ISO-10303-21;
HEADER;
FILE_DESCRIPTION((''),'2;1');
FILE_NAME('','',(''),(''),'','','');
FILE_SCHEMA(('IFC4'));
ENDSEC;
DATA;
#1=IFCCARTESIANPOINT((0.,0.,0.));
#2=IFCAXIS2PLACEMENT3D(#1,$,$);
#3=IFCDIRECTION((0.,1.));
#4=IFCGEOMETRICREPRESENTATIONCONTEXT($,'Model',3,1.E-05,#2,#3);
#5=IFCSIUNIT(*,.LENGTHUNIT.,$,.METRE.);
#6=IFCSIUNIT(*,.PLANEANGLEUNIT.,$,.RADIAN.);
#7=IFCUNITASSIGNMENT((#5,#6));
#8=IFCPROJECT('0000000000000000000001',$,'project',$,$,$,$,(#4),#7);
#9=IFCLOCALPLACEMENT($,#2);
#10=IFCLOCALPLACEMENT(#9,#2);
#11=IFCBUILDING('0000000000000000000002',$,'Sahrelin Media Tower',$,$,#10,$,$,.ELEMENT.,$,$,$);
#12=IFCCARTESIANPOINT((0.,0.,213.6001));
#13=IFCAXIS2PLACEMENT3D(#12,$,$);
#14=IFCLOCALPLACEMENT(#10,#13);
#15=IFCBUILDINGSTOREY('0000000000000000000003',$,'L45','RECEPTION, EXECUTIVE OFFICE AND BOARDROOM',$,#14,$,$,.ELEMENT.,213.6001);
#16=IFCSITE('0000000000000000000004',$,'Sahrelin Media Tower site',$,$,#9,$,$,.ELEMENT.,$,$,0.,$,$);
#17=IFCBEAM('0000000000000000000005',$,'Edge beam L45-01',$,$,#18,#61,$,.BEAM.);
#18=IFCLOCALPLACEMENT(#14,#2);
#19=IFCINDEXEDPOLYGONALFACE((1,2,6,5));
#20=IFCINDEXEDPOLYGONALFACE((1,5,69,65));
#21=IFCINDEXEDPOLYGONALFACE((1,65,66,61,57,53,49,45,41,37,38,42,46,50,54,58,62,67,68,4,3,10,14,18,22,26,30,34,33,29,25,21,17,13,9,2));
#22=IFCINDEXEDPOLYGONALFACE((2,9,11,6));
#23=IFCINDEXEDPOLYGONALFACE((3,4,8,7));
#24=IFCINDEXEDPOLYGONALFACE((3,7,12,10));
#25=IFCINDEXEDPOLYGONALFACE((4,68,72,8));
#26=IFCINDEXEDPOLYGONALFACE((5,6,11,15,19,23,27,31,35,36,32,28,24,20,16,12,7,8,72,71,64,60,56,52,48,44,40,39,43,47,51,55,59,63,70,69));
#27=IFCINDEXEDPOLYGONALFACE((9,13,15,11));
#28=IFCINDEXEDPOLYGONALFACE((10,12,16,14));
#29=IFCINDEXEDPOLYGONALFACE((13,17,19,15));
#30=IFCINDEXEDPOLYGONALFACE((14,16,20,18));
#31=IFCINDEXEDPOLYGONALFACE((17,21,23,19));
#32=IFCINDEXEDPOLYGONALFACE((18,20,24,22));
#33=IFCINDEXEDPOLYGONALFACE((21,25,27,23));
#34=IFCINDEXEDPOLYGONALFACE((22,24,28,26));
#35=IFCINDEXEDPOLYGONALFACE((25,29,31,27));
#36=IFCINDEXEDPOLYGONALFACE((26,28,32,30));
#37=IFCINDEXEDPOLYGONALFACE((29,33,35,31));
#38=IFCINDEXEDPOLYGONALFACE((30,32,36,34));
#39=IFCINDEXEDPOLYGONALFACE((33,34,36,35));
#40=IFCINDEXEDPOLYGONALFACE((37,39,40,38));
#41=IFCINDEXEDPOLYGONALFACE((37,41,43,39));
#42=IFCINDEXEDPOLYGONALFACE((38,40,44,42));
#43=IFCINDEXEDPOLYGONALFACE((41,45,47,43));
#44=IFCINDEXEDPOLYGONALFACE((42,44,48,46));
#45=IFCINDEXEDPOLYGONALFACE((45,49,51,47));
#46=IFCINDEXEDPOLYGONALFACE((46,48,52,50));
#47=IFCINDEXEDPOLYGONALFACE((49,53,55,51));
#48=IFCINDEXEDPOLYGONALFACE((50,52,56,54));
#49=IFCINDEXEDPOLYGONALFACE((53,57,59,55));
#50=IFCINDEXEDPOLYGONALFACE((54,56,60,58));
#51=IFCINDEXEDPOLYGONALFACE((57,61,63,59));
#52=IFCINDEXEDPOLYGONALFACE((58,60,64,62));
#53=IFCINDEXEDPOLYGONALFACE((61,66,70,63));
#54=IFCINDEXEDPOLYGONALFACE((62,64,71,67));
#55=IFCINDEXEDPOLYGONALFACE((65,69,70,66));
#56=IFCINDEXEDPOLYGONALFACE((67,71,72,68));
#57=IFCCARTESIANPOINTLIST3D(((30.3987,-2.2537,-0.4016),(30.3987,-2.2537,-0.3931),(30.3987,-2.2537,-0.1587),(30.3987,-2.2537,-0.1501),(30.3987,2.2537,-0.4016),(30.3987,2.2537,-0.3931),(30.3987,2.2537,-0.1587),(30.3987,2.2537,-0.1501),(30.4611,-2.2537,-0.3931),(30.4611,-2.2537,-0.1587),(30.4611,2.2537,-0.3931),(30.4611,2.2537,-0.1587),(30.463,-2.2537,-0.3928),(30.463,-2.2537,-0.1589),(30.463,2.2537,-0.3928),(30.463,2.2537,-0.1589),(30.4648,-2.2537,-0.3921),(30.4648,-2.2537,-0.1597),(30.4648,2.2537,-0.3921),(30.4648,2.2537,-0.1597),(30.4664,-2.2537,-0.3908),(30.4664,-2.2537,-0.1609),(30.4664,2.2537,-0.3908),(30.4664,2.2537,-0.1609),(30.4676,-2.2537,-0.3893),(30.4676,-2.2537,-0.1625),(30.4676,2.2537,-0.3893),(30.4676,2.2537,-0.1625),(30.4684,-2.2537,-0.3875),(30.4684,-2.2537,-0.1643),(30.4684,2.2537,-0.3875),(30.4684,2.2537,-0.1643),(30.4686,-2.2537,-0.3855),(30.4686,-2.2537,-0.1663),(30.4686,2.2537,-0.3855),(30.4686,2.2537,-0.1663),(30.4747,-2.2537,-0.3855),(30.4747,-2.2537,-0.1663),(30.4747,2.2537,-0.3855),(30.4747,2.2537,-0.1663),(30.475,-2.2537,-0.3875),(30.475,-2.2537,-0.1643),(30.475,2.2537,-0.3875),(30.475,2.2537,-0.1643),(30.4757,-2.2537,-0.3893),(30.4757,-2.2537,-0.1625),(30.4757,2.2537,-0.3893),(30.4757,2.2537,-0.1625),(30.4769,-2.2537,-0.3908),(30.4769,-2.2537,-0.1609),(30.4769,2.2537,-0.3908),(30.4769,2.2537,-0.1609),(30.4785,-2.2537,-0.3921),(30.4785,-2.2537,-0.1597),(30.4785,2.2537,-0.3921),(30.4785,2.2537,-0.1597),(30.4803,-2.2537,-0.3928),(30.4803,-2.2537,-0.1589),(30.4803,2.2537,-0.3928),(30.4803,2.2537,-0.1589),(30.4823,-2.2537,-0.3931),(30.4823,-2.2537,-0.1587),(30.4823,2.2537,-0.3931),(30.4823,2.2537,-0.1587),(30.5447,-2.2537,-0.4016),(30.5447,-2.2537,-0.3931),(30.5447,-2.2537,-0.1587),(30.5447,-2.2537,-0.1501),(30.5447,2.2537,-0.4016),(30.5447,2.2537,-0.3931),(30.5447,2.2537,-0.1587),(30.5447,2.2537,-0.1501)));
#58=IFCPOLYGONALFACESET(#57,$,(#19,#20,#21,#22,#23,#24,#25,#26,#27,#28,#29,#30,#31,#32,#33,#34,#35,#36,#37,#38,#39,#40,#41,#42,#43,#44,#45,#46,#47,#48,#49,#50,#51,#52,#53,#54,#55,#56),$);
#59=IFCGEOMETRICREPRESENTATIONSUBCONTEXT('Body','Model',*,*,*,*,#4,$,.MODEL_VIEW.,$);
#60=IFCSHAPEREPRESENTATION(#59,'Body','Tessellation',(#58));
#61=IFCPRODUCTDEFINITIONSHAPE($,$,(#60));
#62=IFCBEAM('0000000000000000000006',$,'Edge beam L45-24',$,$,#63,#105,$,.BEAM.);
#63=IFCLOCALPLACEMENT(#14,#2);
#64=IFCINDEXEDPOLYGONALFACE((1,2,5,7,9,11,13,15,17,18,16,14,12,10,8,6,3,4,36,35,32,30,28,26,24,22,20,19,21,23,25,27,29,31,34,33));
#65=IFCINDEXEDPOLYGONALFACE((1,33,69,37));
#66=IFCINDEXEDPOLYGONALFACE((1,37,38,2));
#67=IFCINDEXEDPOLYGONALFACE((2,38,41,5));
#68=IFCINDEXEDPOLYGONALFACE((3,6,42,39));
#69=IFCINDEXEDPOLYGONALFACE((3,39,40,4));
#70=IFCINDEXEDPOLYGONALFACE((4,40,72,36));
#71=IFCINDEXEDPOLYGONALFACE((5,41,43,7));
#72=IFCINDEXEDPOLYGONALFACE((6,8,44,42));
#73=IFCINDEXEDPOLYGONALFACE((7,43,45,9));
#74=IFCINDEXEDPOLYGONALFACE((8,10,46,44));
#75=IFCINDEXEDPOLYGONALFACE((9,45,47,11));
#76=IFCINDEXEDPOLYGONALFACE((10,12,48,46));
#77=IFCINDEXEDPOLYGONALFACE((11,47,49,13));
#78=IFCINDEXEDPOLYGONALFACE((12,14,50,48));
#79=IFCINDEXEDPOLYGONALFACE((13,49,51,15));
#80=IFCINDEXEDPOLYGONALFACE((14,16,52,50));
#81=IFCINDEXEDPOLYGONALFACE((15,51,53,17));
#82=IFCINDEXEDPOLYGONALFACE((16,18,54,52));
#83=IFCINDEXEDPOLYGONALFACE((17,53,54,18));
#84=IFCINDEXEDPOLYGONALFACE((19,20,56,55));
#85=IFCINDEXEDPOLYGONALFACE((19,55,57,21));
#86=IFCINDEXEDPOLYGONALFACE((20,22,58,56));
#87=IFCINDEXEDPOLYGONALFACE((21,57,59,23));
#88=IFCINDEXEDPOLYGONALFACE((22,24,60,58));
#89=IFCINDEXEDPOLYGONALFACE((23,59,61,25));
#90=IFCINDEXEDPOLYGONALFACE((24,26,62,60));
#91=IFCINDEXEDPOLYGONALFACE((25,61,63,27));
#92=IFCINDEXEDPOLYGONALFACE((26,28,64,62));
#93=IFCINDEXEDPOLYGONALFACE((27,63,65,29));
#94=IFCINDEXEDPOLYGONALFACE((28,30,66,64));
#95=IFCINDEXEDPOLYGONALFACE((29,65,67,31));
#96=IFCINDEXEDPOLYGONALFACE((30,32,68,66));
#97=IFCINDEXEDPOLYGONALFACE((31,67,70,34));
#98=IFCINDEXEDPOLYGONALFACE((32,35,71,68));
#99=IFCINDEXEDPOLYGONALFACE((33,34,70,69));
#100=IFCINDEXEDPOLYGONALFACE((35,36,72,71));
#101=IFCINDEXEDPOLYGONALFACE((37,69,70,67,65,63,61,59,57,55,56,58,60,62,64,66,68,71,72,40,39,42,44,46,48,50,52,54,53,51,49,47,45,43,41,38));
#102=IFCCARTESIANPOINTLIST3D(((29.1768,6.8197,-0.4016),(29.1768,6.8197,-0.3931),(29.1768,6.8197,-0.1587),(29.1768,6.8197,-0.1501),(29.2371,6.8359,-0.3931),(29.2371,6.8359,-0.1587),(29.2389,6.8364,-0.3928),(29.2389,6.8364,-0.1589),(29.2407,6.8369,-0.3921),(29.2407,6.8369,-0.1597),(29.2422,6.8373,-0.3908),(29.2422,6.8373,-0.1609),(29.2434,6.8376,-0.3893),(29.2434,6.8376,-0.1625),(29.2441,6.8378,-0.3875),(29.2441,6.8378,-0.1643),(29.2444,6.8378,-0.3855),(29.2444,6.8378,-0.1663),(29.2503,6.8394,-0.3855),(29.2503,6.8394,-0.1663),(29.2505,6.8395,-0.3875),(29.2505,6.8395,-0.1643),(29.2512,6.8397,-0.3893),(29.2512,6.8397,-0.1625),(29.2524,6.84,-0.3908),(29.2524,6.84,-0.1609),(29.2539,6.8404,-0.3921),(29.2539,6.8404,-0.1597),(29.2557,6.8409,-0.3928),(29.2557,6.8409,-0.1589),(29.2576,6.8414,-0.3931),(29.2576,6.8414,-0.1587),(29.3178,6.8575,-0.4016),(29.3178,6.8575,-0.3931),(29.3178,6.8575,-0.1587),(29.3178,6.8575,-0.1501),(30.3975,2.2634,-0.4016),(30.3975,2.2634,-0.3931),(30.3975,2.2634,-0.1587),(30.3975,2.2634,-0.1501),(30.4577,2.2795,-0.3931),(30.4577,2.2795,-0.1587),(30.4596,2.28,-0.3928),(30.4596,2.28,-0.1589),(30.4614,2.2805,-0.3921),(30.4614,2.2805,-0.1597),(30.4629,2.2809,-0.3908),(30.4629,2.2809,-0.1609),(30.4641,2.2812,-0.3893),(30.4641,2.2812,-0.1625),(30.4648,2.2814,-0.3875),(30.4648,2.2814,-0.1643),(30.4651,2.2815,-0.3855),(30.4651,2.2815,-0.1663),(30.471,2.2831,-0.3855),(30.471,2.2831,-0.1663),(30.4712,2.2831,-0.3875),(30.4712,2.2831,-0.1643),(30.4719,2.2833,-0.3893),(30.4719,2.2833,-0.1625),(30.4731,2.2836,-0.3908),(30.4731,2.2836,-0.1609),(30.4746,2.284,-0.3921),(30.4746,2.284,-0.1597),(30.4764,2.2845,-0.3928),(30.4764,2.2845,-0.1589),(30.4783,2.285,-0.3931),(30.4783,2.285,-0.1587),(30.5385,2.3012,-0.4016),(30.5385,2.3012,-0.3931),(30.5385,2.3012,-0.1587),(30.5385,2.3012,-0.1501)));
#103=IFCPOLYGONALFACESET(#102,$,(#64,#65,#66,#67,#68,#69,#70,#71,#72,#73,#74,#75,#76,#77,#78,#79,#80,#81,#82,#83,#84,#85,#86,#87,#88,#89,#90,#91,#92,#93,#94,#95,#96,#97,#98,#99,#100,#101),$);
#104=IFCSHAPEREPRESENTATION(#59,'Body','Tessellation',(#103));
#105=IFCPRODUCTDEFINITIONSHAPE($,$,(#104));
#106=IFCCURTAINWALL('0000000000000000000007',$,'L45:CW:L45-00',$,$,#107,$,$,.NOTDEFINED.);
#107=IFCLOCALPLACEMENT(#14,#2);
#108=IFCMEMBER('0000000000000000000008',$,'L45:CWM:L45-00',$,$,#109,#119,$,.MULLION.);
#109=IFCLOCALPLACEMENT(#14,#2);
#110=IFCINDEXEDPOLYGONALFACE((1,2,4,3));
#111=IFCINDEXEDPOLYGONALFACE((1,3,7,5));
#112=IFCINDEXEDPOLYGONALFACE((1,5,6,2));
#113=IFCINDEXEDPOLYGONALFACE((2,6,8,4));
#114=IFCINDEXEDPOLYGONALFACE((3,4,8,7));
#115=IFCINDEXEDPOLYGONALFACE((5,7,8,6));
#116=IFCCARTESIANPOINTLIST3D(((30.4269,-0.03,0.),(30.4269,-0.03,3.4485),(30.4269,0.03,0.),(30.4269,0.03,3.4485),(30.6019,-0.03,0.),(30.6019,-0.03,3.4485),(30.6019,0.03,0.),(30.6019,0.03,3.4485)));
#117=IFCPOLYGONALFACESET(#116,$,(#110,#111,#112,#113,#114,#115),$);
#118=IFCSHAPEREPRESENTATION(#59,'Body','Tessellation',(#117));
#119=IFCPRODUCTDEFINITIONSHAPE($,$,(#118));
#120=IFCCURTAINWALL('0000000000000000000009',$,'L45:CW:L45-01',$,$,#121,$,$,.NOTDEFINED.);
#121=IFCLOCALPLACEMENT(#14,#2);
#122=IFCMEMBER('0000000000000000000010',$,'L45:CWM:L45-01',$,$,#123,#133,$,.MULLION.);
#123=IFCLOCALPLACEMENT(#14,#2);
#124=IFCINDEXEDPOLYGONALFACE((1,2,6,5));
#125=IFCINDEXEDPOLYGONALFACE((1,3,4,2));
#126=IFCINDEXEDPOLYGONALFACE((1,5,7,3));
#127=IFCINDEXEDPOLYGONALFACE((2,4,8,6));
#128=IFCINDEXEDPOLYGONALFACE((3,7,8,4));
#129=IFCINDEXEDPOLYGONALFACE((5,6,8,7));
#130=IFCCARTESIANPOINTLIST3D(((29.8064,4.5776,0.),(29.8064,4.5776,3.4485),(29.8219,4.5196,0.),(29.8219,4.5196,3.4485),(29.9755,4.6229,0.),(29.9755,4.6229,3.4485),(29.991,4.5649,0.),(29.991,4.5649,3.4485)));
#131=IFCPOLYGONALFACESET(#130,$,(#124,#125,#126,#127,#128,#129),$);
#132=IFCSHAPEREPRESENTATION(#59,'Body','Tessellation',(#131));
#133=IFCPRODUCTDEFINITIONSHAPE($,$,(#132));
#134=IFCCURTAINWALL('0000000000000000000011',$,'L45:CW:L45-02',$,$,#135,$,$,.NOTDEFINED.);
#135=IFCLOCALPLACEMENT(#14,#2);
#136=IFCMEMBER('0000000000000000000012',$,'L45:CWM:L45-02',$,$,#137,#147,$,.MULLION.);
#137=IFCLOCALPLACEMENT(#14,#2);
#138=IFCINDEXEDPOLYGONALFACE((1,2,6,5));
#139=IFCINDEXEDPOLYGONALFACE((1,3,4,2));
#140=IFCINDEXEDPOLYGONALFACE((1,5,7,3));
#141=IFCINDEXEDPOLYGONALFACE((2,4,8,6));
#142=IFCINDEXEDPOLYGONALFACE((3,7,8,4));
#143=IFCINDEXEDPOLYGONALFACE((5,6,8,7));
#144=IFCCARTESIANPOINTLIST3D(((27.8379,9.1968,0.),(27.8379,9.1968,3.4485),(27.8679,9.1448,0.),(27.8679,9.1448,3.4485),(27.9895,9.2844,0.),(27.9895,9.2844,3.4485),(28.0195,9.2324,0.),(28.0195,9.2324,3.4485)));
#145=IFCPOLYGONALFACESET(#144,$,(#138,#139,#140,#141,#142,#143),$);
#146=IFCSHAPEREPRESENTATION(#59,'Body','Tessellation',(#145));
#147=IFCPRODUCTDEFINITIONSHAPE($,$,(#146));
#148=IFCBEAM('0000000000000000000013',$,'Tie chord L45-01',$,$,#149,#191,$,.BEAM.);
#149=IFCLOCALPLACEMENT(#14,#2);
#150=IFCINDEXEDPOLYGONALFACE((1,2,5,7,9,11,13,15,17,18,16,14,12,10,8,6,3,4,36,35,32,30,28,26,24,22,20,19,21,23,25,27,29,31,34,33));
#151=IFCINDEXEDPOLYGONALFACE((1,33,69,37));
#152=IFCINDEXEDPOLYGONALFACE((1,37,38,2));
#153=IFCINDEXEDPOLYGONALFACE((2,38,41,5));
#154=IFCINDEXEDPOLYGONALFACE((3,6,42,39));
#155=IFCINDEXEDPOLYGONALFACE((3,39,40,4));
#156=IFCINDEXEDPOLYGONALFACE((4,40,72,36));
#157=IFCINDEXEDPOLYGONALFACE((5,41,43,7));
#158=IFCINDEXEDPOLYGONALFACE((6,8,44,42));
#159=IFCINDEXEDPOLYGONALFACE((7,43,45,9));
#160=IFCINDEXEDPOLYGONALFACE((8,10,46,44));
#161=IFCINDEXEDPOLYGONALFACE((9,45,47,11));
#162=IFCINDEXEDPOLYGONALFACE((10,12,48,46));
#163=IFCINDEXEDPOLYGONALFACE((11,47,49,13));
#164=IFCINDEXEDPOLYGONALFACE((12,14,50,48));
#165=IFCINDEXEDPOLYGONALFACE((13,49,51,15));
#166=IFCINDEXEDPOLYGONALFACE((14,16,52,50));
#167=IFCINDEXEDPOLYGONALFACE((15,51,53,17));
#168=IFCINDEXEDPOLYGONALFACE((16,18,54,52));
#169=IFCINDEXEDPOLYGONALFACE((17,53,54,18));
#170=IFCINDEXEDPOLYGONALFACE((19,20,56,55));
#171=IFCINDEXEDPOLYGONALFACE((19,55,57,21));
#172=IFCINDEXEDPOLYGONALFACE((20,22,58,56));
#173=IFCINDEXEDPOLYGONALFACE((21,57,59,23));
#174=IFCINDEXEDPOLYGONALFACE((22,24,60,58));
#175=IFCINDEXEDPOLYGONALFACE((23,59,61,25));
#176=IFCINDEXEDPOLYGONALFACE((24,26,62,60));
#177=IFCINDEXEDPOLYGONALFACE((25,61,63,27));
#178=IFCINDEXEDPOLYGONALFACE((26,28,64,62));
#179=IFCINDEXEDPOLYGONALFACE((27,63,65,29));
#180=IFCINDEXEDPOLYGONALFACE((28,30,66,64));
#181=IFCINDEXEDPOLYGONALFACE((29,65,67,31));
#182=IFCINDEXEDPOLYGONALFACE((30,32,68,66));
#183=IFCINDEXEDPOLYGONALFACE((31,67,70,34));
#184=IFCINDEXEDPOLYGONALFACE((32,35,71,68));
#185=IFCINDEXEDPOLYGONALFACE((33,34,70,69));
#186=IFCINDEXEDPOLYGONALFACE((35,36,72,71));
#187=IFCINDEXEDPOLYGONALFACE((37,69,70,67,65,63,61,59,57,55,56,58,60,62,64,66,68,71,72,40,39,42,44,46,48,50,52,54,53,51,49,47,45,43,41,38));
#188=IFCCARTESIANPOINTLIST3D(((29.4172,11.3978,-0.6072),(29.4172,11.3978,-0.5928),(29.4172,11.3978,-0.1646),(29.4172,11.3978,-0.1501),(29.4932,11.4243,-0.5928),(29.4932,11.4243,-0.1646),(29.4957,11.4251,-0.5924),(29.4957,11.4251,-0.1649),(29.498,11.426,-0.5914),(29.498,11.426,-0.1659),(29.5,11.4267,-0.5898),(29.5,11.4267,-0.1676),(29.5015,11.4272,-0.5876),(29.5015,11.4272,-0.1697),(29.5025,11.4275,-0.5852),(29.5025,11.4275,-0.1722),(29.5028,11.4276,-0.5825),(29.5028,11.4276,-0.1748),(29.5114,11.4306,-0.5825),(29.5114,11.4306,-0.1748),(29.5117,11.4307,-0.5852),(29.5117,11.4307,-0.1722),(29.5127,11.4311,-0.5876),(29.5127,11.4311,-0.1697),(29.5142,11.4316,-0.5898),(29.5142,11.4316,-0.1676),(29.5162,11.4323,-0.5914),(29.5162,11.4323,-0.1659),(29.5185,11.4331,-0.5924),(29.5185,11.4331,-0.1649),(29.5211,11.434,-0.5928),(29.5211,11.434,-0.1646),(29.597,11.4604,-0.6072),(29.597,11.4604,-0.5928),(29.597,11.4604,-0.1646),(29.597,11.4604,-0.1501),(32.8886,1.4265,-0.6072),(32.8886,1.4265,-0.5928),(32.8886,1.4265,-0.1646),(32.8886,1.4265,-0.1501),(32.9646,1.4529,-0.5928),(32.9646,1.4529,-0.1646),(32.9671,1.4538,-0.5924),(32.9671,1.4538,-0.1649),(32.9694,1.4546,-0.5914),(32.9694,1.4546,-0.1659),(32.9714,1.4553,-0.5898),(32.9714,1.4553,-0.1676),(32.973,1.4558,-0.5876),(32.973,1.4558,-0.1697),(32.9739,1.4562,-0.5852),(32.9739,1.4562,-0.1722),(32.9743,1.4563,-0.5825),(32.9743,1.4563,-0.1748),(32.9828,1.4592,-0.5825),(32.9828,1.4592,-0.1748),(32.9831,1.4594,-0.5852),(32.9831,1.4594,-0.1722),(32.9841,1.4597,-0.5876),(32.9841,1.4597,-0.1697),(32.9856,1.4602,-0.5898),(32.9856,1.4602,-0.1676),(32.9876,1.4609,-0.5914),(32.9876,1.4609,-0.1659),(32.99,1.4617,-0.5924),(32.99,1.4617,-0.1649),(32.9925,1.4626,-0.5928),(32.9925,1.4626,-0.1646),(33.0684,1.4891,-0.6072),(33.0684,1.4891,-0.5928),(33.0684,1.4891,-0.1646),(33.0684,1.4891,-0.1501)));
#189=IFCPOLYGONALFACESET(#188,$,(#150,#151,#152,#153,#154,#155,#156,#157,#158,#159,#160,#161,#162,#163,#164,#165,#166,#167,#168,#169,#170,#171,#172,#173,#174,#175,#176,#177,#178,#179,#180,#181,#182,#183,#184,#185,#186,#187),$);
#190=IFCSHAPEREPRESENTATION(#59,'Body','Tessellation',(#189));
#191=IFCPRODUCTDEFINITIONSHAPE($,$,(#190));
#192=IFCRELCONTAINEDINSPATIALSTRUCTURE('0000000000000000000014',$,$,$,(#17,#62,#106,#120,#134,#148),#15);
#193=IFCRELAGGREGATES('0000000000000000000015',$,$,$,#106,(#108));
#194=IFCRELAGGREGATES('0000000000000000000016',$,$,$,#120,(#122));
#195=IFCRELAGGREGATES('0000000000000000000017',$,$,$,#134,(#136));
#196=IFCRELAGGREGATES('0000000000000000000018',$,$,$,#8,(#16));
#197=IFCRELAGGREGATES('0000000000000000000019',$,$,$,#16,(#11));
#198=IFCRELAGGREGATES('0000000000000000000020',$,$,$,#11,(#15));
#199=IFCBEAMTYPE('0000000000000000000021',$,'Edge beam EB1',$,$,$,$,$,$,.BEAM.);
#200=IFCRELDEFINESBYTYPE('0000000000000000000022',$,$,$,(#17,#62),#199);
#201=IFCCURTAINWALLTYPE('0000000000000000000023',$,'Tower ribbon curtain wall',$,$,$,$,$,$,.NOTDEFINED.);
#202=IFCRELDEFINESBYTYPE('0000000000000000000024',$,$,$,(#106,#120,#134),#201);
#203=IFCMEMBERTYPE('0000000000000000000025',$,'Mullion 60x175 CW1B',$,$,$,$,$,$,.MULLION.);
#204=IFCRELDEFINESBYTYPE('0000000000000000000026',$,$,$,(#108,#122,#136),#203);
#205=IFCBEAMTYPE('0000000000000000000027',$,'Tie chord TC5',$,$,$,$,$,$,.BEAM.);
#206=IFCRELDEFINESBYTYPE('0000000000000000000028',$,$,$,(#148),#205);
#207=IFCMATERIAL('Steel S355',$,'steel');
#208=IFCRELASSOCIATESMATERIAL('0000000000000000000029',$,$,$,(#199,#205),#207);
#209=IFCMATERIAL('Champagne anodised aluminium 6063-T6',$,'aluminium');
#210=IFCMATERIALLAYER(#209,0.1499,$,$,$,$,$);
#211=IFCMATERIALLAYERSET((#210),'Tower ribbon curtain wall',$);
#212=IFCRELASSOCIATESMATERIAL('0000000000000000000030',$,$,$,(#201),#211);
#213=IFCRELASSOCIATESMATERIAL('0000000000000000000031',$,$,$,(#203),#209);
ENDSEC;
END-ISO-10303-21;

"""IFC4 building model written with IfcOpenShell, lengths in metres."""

from ifc_helpers import new_model, si_unit, direction, frame, origin, origin_2d, place, context, subcontext, project, spatial, rectangle, i_section, extrude, material, layer, layer_set, material_profile, profile_set, type_object, element, aggregate, save


model = new_model("IFC4")

# Units and contexts
model_context = context("Model", 3, precision=1e-05, world=origin(), true_north=direction((0.0, 1.0)))
body_context = subcontext(model_context, "Body", "Model", "MODEL_VIEW")
ifc_project = project(units=[si_unit("LENGTHUNIT", "METRE"), si_unit("PLANEANGLEUNIT", "RADIAN")], contexts=[model_context])

# Site, building, storey
site_placement = place(None, origin())
site = spatial("IfcSite", under=ifc_project, at=site_placement, Name="Sahrelin Media Tower site", CompositionType="ELEMENT", RefElevation=0.0)
building_placement = place(site_placement, origin())
building = spatial("IfcBuilding", under=site, at=building_placement, Name="Sahrelin Media Tower", CompositionType="ELEMENT")
storey_placement = place(building_placement, frame((0.0, 0.0, 213.6001)))
storey = spatial("IfcBuildingStorey", under=building, at=storey_placement, Name="L45", Description="RECEPTION, EXECUTIVE OFFICE AND BOARDROOM", CompositionType="ELEMENT", Elevation=213.6001)

# Beams
ifc_material_1 = material(Name="Steel S355", Category="steel")
ifc_material_profile_1 = material_profile(ifc_material_1, i_section(OverallWidth=0.146, OverallDepth=0.2515, WebThickness=0.0061, FlangeThickness=0.0085, FilletRadius=0.0076, at=origin_2d()), Name="UB 254x146x31")
ifc_profile_set_1 = profile_set([ifc_material_profile_1], Name="Steel S355")
beam_type_1 = type_object("IfcBeamType", Name="Edge beam EB1", PredefinedType="BEAM", material=ifc_profile_set_1)
beam_1_placement = place(storey_placement, frame((30.4717, 2.2537, -0.2759), z_axis=(0.0, -1.0, 0.0), x_axis=(1.0, 0.0, 0.0)))
element("IfcBeam", 1, at=beam_1_placement, inside=storey, type_object=beam_type_1, Name="Edge beam L45-01", PredefinedType="BEAM", context=body_context, shape_type="SweptSolid", body=[
    extrude(i_section(OverallWidth=0.146, OverallDepth=0.2515, WebThickness=0.0061, FlangeThickness=0.0085, FilletRadius=0.0076, at=origin_2d()), origin(), (0.0, 0.0, 1.0), 4.5073),
])
beam_2_placement = place(storey_placement, frame((29.2473, 6.8386, -0.2759), z_axis=(0.258784, -0.965935, 0.0), x_axis=(0.965935, 0.258784, 0.0)))
element("IfcBeam", 2, at=beam_2_placement, inside=storey, type_object=beam_type_1, Name="Edge beam L45-24", PredefinedType="BEAM", context=body_context, shape_type="SweptSolid", body=[
    extrude(i_section(OverallWidth=0.146, OverallDepth=0.2515, WebThickness=0.0061, FlangeThickness=0.0085, FilletRadius=0.0076, at=origin_2d()), origin(), (0.0, 0.0, 1.0), 4.717),
])

# Curtain walls, members
ifc_material_2 = material(Name="Champagne anodised aluminium 6063-T6", Category="aluminium")
ifc_layer_1 = layer(ifc_material_2, 0.1499)
ifc_layer_set_1 = layer_set([ifc_layer_1], Name="Tower ribbon curtain wall")
curtain_wall_type = type_object("IfcCurtainWallType", Name="Tower ribbon curtain wall", PredefinedType="NOTDEFINED", material=ifc_layer_set_1)
curtain_wall_1_placement = place(storey_placement, frame((30.6218, 0.0, 0.0), z_axis=(0.0, 0.0, 1.0), x_axis=(1.0, 0.0, 0.0)))
curtain_wall_1 = element("IfcCurtainWall", 3, at=curtain_wall_1_placement, inside=storey, type_object=curtain_wall_type, Name="L45:CW:L45-00", PredefinedType="NOTDEFINED")
ifc_material_profile_2 = material_profile(ifc_material_2, rectangle(XDim=0.0601, YDim=0.175, at=origin_2d()), Name="Mullion 60x175")
ifc_profile_set_2 = profile_set([ifc_material_profile_2], Name="Champagne anodised aluminium 6063-T6")
member_type_1 = type_object("IfcMemberType", Name="Mullion 60x175 CW1B", PredefinedType="MULLION", material=ifc_profile_set_2)
member_1_placement = place(storey_placement, frame((30.5144, 0.0, 0.0), z_axis=(0.0, 0.0, 1.0), x_axis=(0.0, 1.0, 0.0)))
member_1 = element("IfcMember", 4, at=member_1_placement, type_object=member_type_1, Name="L45:CWM:L45-00", PredefinedType="MULLION", context=body_context, shape_type="SweptSolid", body=[
    extrude(rectangle(XDim=0.0601, YDim=0.175, at=origin_2d()), origin(), (0.0, 0.0, 1.0), 3.4485),
])
aggregate(curtain_wall_1, [member_1])
curtain_wall_2_placement = place(storey_placement, frame((30.0024, 4.5994, 0.0), z_axis=(0.0, 0.0, 1.0), x_axis=(1.0, 0.0, 0.0)))
curtain_wall_2 = element("IfcCurtainWall", 5, at=curtain_wall_2_placement, inside=storey, type_object=curtain_wall_type, Name="L45:CW:L45-01", PredefinedType="NOTDEFINED")
member_2_placement = place(storey_placement, frame((29.8987, 4.5713, 0.0), z_axis=(0.0, 0.0, 1.0), x_axis=(-0.258821, 0.965925, 0.0)))
member_2 = element("IfcMember", 6, at=member_2_placement, type_object=member_type_1, Name="L45:CWM:L45-01", PredefinedType="MULLION", context=body_context, shape_type="SweptSolid", body=[
    extrude(rectangle(XDim=0.0601, YDim=0.175, at=origin_2d()), origin(), (0.0, 0.0, 1.0), 3.4485),
])
curtain_wall_3_placement = place(storey_placement, frame((28.022, 9.2683, 0.0), z_axis=(0.0, 0.0, 1.0), x_axis=(1.0, 0.0, 0.0)))
curtain_wall_3 = element("IfcCurtainWall", 7, at=curtain_wall_3_placement, inside=storey, type_object=curtain_wall_type, Name="L45:CW:L45-02", PredefinedType="NOTDEFINED")
member_3_placement = place(storey_placement, frame((27.9287, 9.2146, 0.0), z_axis=(0.0, 0.0, 1.0), x_axis=(-0.499998, 0.866026, 0.0)))
member_3 = element("IfcMember", 8, at=member_3_placement, type_object=member_type_1, Name="L45:CWM:L45-02", PredefinedType="MULLION", context=body_context, shape_type="SweptSolid", body=[
    extrude(rectangle(XDim=0.0601, YDim=0.175, at=origin_2d()), origin(), (0.0, 0.0, 1.0), 3.4485),
])

# Beam
ifc_material_profile_3 = material_profile(ifc_material_1, i_section(OverallWidth=0.1904, OverallDepth=0.457, WebThickness=0.009, FlangeThickness=0.0144, FilletRadius=0.0103, at=origin_2d()), Name="UB 457x191x74")
ifc_profile_set_3 = profile_set([ifc_material_profile_3], Name="Steel S355")
beam_type_2 = type_object("IfcBeamType", Name="Tie chord TC5", PredefinedType="BEAM", material=ifc_profile_set_3)
beam_3_placement = place(storey_placement, frame((32.9785, 1.4578, -0.3787), z_axis=(-0.328783, 0.944405, 0.0), x_axis=(-0.944405, -0.328783, 0.0)))
element("IfcBeam", 9, at=beam_3_placement, inside=storey, type_object=beam_type_2, Name="Tie chord L45-01", PredefinedType="BEAM", context=body_context, shape_type="SweptSolid", body=[
    extrude(i_section(OverallWidth=0.1904, OverallDepth=0.457, WebThickness=0.009, FlangeThickness=0.0144, FilletRadius=0.0103, at=origin_2d()), origin(), (0.0, 0.0, 1.0), 10.5583),
])

aggregate(curtain_wall_2, [member_2])
aggregate(curtain_wall_3, [member_3])

save(model, "model.ifc")
